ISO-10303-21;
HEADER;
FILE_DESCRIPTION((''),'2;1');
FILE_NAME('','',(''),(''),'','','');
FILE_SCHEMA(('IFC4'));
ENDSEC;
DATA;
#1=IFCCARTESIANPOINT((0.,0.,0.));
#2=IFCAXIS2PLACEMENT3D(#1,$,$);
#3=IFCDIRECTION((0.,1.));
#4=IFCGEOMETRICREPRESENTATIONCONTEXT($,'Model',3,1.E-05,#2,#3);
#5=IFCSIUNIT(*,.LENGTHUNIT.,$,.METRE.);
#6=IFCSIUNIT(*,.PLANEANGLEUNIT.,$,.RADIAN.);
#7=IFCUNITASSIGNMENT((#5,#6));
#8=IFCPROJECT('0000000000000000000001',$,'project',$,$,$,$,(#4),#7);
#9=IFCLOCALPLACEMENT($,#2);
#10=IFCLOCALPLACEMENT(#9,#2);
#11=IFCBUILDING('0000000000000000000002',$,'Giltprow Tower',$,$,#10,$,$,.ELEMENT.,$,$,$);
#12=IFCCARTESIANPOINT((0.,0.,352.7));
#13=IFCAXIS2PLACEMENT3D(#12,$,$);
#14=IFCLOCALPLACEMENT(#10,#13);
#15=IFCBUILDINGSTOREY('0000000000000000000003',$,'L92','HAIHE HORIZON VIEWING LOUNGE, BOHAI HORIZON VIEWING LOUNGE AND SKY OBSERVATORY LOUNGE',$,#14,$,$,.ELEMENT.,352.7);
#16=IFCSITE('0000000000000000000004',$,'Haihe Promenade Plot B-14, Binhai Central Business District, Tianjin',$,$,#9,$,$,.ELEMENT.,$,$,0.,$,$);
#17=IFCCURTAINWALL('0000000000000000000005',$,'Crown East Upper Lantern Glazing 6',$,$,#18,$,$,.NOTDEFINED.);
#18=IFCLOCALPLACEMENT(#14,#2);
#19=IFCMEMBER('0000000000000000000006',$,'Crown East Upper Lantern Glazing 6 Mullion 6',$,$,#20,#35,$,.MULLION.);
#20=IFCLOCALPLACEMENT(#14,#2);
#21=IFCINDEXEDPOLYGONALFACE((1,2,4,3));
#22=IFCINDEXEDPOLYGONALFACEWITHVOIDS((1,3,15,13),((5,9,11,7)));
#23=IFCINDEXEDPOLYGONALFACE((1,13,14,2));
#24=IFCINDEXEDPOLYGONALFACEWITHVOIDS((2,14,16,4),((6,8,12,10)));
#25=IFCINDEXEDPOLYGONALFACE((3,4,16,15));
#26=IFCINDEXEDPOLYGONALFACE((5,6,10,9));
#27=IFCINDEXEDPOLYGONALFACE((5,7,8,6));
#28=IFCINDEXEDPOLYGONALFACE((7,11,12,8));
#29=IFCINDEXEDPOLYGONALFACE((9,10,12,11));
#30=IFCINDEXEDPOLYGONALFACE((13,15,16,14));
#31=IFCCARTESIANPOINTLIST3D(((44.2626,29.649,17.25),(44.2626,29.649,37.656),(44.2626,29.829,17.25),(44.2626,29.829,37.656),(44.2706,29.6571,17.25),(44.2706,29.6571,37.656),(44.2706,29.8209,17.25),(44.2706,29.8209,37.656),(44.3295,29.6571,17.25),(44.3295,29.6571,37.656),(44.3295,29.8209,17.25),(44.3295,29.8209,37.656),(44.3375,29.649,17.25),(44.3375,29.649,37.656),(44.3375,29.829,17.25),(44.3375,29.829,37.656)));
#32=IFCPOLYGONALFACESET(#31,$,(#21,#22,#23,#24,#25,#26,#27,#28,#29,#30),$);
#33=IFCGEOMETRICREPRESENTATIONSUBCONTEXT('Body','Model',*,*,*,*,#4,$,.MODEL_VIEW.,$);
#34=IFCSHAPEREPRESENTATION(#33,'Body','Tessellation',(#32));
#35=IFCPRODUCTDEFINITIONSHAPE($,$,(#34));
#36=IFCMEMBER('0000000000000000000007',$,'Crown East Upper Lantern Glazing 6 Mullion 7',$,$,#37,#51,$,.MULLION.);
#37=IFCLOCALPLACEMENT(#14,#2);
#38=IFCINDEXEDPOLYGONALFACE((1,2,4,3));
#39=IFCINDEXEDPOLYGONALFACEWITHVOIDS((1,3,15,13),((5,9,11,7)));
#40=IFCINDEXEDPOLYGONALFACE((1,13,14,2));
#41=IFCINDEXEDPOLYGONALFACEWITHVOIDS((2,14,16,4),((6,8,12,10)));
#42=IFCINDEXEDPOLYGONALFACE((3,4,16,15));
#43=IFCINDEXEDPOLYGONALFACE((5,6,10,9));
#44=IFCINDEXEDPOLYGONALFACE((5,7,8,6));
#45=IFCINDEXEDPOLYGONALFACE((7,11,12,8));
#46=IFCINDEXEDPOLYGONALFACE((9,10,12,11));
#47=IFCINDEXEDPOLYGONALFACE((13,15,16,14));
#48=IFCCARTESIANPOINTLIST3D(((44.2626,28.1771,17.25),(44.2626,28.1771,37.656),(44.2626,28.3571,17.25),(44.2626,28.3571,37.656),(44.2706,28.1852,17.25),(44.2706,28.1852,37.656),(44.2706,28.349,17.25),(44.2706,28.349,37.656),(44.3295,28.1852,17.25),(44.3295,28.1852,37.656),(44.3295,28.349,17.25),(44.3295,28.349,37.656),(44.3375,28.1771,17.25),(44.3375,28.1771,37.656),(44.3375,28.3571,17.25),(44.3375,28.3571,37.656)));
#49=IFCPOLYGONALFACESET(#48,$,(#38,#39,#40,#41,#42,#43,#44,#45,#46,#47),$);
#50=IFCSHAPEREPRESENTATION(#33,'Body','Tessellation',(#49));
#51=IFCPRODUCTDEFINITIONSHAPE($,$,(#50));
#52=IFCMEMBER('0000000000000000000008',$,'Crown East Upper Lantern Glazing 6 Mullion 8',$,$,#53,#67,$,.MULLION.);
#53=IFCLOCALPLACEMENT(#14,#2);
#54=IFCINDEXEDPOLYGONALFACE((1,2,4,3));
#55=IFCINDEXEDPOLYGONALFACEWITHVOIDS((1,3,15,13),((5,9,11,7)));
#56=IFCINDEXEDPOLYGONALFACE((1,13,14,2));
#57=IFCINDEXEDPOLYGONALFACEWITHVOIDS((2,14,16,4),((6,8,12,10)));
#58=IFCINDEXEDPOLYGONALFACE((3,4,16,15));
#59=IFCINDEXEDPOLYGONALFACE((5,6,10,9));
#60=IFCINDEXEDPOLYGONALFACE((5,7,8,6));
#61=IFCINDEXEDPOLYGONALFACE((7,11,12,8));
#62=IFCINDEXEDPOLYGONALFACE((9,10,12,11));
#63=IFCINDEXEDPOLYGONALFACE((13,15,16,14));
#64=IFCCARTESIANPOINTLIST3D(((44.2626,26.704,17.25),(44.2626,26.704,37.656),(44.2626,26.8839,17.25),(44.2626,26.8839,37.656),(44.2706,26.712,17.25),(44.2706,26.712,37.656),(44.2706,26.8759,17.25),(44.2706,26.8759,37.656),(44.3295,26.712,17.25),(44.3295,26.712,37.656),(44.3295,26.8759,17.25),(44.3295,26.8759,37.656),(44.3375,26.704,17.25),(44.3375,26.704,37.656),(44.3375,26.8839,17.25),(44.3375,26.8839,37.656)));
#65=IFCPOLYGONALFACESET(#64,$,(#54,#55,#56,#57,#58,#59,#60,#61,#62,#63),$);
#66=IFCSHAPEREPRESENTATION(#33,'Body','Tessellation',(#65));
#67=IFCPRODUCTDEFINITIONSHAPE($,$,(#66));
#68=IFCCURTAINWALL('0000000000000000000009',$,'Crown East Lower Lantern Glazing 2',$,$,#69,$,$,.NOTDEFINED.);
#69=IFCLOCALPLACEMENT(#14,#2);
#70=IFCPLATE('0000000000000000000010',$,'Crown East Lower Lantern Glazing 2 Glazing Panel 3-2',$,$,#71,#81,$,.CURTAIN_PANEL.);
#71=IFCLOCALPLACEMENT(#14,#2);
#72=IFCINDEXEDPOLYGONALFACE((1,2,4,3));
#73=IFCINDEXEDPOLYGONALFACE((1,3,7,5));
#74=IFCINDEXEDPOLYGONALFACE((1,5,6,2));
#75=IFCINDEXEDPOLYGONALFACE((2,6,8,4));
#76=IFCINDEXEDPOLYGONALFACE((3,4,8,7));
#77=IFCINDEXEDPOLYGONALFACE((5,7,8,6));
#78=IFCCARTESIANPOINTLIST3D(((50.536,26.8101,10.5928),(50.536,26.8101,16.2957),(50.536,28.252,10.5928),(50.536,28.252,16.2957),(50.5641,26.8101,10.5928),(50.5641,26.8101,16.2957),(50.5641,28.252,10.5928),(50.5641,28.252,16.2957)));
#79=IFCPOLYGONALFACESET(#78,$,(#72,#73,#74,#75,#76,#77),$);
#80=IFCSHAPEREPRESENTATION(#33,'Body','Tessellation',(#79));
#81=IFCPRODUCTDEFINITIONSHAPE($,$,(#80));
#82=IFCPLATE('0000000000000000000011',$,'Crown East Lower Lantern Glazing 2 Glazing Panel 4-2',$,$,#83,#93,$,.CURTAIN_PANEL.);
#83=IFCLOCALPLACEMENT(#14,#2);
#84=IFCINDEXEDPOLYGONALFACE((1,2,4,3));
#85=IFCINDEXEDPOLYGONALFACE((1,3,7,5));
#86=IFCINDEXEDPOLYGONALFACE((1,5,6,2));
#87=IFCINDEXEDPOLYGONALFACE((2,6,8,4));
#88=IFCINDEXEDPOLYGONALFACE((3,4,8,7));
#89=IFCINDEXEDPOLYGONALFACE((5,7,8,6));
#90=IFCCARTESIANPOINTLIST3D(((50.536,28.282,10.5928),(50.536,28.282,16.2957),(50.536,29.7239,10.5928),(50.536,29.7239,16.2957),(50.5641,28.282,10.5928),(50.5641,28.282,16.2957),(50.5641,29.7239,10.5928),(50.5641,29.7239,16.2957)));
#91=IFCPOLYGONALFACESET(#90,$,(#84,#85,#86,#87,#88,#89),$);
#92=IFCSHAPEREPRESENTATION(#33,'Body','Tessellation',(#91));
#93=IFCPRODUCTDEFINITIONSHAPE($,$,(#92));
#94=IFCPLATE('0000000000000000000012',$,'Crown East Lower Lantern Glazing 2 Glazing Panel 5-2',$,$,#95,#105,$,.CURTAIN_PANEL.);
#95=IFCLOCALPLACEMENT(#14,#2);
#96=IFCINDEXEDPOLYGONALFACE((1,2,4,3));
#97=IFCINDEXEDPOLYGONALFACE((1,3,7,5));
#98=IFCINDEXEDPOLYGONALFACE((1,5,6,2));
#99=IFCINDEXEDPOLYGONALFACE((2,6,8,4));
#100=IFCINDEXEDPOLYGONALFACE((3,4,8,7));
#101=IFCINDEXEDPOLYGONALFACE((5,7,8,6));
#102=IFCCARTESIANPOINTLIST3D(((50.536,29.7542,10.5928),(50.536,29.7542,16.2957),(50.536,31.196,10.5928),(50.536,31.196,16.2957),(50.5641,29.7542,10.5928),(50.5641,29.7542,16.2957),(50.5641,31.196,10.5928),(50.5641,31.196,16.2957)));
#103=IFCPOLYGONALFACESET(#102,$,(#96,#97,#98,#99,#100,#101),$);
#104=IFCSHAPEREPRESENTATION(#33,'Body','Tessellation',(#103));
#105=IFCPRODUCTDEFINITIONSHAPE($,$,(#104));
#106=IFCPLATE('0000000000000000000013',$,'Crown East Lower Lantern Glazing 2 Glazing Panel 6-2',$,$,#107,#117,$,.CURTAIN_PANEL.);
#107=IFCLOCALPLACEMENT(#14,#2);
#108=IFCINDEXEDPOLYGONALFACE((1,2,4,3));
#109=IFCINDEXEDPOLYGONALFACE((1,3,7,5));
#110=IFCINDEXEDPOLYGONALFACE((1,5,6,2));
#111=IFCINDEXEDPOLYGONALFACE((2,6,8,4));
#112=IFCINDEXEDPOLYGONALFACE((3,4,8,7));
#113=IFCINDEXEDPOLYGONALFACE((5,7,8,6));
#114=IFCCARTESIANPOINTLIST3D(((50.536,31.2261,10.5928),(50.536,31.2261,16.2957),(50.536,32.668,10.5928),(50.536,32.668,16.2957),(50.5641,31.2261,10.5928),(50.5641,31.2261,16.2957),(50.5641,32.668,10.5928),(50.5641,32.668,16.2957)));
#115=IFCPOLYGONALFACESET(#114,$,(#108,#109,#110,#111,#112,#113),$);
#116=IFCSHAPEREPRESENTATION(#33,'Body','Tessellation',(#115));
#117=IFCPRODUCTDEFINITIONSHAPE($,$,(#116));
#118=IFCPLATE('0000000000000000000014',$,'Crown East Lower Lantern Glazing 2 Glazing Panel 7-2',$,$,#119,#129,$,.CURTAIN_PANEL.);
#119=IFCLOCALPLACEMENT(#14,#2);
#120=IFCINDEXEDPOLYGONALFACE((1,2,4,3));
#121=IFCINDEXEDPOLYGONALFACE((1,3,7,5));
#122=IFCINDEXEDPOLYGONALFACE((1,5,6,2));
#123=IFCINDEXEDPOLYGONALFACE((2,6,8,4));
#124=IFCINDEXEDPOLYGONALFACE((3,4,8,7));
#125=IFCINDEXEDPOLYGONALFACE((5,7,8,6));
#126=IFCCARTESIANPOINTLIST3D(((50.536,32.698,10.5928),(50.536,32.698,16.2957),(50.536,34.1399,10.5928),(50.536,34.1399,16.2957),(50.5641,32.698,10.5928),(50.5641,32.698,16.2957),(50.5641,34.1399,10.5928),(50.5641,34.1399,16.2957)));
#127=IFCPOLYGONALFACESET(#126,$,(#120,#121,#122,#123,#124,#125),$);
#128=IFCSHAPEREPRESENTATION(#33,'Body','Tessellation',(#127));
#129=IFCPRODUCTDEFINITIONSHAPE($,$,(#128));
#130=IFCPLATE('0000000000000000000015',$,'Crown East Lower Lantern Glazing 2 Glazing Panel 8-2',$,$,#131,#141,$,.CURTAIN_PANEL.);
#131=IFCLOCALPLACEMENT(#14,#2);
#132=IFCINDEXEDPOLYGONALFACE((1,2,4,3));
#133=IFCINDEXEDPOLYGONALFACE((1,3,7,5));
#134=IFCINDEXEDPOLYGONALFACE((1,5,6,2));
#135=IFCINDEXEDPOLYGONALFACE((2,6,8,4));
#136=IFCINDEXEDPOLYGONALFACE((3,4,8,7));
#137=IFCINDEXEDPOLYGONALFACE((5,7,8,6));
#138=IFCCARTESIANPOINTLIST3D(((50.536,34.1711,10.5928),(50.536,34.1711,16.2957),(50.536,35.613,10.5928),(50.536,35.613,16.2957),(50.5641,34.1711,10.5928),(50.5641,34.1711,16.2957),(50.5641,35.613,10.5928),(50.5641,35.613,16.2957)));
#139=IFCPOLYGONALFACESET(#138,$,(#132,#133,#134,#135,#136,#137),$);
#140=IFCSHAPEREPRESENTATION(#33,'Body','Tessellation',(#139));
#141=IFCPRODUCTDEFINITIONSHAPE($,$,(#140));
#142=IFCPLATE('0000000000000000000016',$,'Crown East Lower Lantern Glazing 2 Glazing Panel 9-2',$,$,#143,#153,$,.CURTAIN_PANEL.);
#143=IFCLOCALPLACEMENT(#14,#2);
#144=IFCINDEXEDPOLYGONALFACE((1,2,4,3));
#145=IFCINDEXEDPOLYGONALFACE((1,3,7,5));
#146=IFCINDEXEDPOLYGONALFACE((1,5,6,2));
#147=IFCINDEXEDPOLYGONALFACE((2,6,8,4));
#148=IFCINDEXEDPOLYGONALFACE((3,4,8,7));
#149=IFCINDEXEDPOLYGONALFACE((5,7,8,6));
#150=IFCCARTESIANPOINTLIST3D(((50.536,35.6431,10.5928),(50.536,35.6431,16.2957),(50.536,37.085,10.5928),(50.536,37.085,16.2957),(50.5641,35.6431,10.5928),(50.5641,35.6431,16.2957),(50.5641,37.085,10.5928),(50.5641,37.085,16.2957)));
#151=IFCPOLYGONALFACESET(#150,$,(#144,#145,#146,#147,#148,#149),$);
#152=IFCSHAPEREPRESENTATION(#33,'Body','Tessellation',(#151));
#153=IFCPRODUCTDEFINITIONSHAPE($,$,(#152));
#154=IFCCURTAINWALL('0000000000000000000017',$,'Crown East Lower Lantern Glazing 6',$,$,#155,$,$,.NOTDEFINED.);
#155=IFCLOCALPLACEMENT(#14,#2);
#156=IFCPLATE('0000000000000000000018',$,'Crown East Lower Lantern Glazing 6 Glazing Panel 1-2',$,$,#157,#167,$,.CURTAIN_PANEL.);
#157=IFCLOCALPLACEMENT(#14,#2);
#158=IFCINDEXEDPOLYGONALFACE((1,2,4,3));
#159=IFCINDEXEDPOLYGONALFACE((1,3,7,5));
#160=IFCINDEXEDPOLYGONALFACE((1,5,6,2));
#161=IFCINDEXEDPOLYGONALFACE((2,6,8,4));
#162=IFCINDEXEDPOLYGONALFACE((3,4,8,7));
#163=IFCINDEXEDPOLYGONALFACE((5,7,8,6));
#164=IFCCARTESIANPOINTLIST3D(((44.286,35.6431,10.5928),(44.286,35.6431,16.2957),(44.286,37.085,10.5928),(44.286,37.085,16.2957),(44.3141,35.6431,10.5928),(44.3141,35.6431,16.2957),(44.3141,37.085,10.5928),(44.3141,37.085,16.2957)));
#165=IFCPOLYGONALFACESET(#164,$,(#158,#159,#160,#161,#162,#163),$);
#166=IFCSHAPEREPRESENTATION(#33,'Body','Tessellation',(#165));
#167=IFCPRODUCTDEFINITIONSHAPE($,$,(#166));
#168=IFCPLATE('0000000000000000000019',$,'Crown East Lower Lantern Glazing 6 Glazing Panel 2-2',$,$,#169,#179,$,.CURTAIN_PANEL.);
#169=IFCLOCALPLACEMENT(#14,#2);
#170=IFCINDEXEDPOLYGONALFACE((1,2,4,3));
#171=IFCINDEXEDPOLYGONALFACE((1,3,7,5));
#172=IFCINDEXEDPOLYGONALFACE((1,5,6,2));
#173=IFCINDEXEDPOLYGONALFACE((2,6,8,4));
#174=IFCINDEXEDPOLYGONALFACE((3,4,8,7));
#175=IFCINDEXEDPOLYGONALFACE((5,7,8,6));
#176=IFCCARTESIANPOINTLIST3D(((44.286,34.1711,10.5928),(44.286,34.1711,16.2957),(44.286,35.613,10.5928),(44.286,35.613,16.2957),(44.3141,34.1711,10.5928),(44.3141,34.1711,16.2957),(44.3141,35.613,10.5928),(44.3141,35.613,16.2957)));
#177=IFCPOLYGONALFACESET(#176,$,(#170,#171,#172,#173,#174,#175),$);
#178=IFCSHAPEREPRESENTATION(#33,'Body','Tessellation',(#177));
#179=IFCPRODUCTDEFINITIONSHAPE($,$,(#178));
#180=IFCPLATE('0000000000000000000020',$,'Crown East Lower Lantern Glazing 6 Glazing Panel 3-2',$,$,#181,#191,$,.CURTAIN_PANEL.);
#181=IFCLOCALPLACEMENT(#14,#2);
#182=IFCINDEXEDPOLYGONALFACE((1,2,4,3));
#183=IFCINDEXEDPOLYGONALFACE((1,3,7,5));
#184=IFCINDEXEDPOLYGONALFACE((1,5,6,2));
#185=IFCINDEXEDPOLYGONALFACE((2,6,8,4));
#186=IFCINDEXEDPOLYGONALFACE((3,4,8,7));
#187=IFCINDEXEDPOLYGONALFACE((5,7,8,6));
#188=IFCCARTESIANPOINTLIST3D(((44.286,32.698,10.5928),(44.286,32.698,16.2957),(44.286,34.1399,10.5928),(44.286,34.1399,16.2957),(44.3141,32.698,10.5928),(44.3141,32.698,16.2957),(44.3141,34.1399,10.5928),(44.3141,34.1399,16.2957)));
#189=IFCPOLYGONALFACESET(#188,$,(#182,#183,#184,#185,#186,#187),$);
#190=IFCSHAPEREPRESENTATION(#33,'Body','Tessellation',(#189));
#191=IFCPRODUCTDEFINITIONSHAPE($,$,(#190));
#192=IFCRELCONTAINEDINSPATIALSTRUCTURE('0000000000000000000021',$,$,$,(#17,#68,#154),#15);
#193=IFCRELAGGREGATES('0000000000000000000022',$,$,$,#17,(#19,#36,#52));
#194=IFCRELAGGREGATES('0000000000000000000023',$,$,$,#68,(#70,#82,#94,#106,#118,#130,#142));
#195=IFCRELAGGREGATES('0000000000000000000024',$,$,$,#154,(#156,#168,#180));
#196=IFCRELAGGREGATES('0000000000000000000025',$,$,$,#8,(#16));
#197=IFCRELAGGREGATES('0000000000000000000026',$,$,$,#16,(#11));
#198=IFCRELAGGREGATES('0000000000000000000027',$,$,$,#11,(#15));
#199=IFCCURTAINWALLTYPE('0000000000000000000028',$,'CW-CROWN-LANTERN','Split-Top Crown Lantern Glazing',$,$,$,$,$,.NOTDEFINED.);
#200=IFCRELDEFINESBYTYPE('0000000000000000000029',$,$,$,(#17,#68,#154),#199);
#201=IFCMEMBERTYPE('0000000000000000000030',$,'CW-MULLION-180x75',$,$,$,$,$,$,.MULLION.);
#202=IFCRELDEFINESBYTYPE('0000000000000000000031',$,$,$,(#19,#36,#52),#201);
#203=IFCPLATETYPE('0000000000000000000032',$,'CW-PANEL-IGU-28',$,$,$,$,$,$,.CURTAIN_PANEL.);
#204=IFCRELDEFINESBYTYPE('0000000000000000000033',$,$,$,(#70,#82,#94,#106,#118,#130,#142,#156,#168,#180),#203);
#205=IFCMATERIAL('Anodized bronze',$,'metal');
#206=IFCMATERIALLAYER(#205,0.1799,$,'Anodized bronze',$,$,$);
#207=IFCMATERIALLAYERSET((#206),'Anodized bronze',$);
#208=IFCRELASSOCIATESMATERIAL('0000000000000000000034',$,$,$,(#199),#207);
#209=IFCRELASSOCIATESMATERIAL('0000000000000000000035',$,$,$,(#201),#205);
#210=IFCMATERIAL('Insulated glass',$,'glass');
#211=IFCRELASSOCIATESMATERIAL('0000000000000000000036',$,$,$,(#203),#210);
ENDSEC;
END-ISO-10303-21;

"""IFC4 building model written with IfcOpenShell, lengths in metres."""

from ifc_helpers import new_model, si_unit, direction, frame, origin, origin_2d, place, context, subcontext, project, spatial, rectangle, hollow_rectangle, extrude, source, transform, mapped, material, layer, layer_set, material_profile, profile_set, type_object, element, aggregate, save


model = new_model("IFC4")

# Units and contexts
model_context = context("Model", 3, precision=1e-05, world=origin(), true_north=direction((0.0, 1.0)))
body_context = subcontext(model_context, "Body", "Model", "MODEL_VIEW")
ifc_project = project(units=[si_unit("LENGTHUNIT", "METRE"), si_unit("PLANEANGLEUNIT", "RADIAN")], contexts=[model_context])

# Site, building, storey
site_placement = place(None, origin())
site = spatial("IfcSite", under=ifc_project, at=site_placement, Name="Haihe Promenade Plot B-14, Binhai Central Business District, Tianjin", CompositionType="ELEMENT", RefElevation=0.0)
building_placement = place(site_placement, origin())
building = spatial("IfcBuilding", under=site, at=building_placement, Name="Giltprow Tower", CompositionType="ELEMENT")
storey_placement = place(building_placement, frame((0.0, 0.0, 352.7)))
storey = spatial("IfcBuildingStorey", under=building, at=storey_placement, Name="L92", Description="HAIHE HORIZON VIEWING LOUNGE, BOHAI HORIZON VIEWING LOUNGE AND SKY OBSERVATORY LOUNGE", CompositionType="ELEMENT", Elevation=352.7)

# Curtain wall, members
ifc_material_1 = material(Name="Anodized bronze", Category="metal")
ifc_layer = layer(ifc_material_1, 0.1799, Name="Anodized bronze")
ifc_layer_set = layer_set([ifc_layer], Name="Anodized bronze")
curtain_wall_type = type_object("IfcCurtainWallType", Name="CW-CROWN-LANTERN", Description="Split-Top Crown Lantern Glazing", PredefinedType="NOTDEFINED", material=ifc_layer_set)
ifc_material_profile = material_profile(ifc_material_1, hollow_rectangle(XDim=0.075, YDim=0.1799, WallThickness=0.0081, at=origin_2d()), Name="RHS 180x75x8")
ifc_profile_set = profile_set([ifc_material_profile], Name="Anodized bronze")
member_type = type_object("IfcMemberType", Name="CW-MULLION-180x75", PredefinedType="MULLION", material=ifc_profile_set)
shared_shape_1 = source(origin(), body_context, "Body", "SweptSolid", [
    extrude(hollow_rectangle(XDim=0.075, YDim=0.1799, WallThickness=0.0081, at=origin_2d()), origin(), (0.0, 0.0, 1.0), 20.406),
])
curtain_wall_1_placement = place(storey_placement, origin())
curtain_wall_1 = element("IfcCurtainWall", 1, at=curtain_wall_1_placement, inside=storey, type_object=curtain_wall_type, Name="Crown East Upper Lantern Glazing 6", PredefinedType="NOTDEFINED")
member_1_placement = place(storey_placement, frame((44.3, 29.739, 17.25), z_axis=(0.0, 0.0, 1.0), x_axis=(1.0, 0.0, 0.0)))
member_1 = element("IfcMember", 2, at=member_1_placement, type_object=member_type, Name="Crown East Upper Lantern Glazing 6 Mullion 6", PredefinedType="MULLION", context=body_context, shape_type="MappedRepresentation", body=[
    mapped(shared_shape_1, transform((0.0, 0.0, 0.0), x_axis=(1.0, 0.0, 0.0), y_axis=(0.0, 1.0, 0.0), z_axis=(0.0, 0.0, 1.0), scale=1.0)),
])
member_2_placement = place(storey_placement, frame((44.3, 28.2671, 17.25), z_axis=(0.0, 0.0, 1.0), x_axis=(1.0, 0.0, 0.0)))
member_2 = element("IfcMember", 3, at=member_2_placement, type_object=member_type, Name="Crown East Upper Lantern Glazing 6 Mullion 7", PredefinedType="MULLION", context=body_context, shape_type="MappedRepresentation", body=[
    mapped(shared_shape_1, transform((0.0, 0.0, 0.0), x_axis=(1.0, 0.0, 0.0), y_axis=(0.0, 1.0, 0.0), z_axis=(0.0, 0.0, 1.0), scale=1.0)),
])
member_3_placement = place(storey_placement, frame((44.3, 26.7939, 17.25), z_axis=(0.0, 0.0, 1.0), x_axis=(1.0, 0.0, 0.0)))
member_3 = element("IfcMember", 4, at=member_3_placement, type_object=member_type, Name="Crown East Upper Lantern Glazing 6 Mullion 8", PredefinedType="MULLION", context=body_context, shape_type="MappedRepresentation", body=[
    mapped(shared_shape_1, transform((0.0, 0.0, 0.0), x_axis=(1.0, 0.0, 0.0), y_axis=(0.0, 1.0, 0.0), z_axis=(0.0, 0.0, 1.0), scale=1.0)),
])
aggregate(curtain_wall_1, [member_1, member_2, member_3])

# Curtain walls, plates
curtain_wall_2_placement = place(storey_placement, origin())
curtain_wall_2 = element("IfcCurtainWall", 5, at=curtain_wall_2_placement, inside=storey, type_object=curtain_wall_type, Name="Crown East Lower Lantern Glazing 2", PredefinedType="NOTDEFINED")
ifc_material_2 = material(Name="Insulated glass", Category="glass")
plate_type = type_object("IfcPlateType", Name="CW-PANEL-IGU-28", PredefinedType="CURTAIN_PANEL", material=ifc_material_2)
shared_shape_2 = source(origin(), body_context, "Body", "SweptSolid", [
    extrude(rectangle(XDim=1.4419, YDim=0.0281, at=origin_2d()), origin(), (0.0, 0.0, 1.0), 5.7029),
])
plate_1_placement = place(storey_placement, frame((50.55, 27.531, 10.5928), z_axis=(0.0, 0.0, 1.0), x_axis=(0.0, 1.0, 0.0)))
plate_1 = element("IfcPlate", 6, at=plate_1_placement, type_object=plate_type, Name="Crown East Lower Lantern Glazing 2 Glazing Panel 3-2", PredefinedType="CURTAIN_PANEL", context=body_context, shape_type="MappedRepresentation", body=[
    mapped(shared_shape_2, transform((0.0, 0.0, 0.0), x_axis=(1.0, 0.0, 0.0), y_axis=(0.0, 1.0, 0.0), z_axis=(0.0, 0.0, 1.0), scale=1.0)),
])
plate_2_placement = place(storey_placement, frame((50.55, 29.0029, 10.5928), z_axis=(0.0, 0.0, 1.0), x_axis=(0.0, 1.0, 0.0)))
plate_2 = element("IfcPlate", 7, at=plate_2_placement, type_object=plate_type, Name="Crown East Lower Lantern Glazing 2 Glazing Panel 4-2", PredefinedType="CURTAIN_PANEL", context=body_context, shape_type="MappedRepresentation", body=[
    mapped(shared_shape_2, transform((0.0, 0.0, 0.0), x_axis=(1.0, 0.0, 0.0), y_axis=(0.0, 1.0, 0.0), z_axis=(0.0, 0.0, 1.0), scale=1.0)),
])
plate_3_placement = place(storey_placement, frame((50.55, 30.4751, 10.5928), z_axis=(0.0, 0.0, 1.0), x_axis=(0.0, 1.0, 0.0)))
plate_3 = element("IfcPlate", 8, at=plate_3_placement, type_object=plate_type, Name="Crown East Lower Lantern Glazing 2 Glazing Panel 5-2", PredefinedType="CURTAIN_PANEL", context=body_context, shape_type="MappedRepresentation", body=[
    mapped(shared_shape_2, transform((0.0, 0.0, 0.0), x_axis=(1.0, 0.0, 0.0), y_axis=(0.0, 1.0, 0.0), z_axis=(0.0, 0.0, 1.0), scale=1.0)),
])
plate_4_placement = place(storey_placement, frame((50.55, 31.947, 10.5928), z_axis=(0.0, 0.0, 1.0), x_axis=(0.0, 1.0, 0.0)))
plate_4 = element("IfcPlate", 9, at=plate_4_placement, type_object=plate_type, Name="Crown East Lower Lantern Glazing 2 Glazing Panel 6-2", PredefinedType="CURTAIN_PANEL", context=body_context, shape_type="MappedRepresentation", body=[
    mapped(shared_shape_2, transform((0.0, 0.0, 0.0), x_axis=(1.0, 0.0, 0.0), y_axis=(0.0, 1.0, 0.0), z_axis=(0.0, 0.0, 1.0), scale=1.0)),
])
plate_5_placement = place(storey_placement, frame((50.55, 33.4189, 10.5928), z_axis=(0.0, 0.0, 1.0), x_axis=(0.0, 1.0, 0.0)))
plate_5 = element("IfcPlate", 10, at=plate_5_placement, type_object=plate_type, Name="Crown East Lower Lantern Glazing 2 Glazing Panel 7-2", PredefinedType="CURTAIN_PANEL", context=body_context, shape_type="MappedRepresentation", body=[
    mapped(shared_shape_2, transform((0.0, 0.0, 0.0), x_axis=(1.0, 0.0, 0.0), y_axis=(0.0, 1.0, 0.0), z_axis=(0.0, 0.0, 1.0), scale=1.0)),
])
plate_6_placement = place(storey_placement, frame((50.55, 34.8921, 10.5928), z_axis=(0.0, 0.0, 1.0), x_axis=(0.0, 1.0, 0.0)))
plate_6 = element("IfcPlate", 11, at=plate_6_placement, type_object=plate_type, Name="Crown East Lower Lantern Glazing 2 Glazing Panel 8-2", PredefinedType="CURTAIN_PANEL", context=body_context, shape_type="MappedRepresentation", body=[
    mapped(shared_shape_2, transform((0.0, 0.0, 0.0), x_axis=(1.0, 0.0, 0.0), y_axis=(0.0, 1.0, 0.0), z_axis=(0.0, 0.0, 1.0), scale=1.0)),
])
plate_7_placement = place(storey_placement, frame((50.55, 36.364, 10.5928), z_axis=(0.0, 0.0, 1.0), x_axis=(0.0, 1.0, 0.0)))
plate_7 = element("IfcPlate", 12, at=plate_7_placement, type_object=plate_type, Name="Crown East Lower Lantern Glazing 2 Glazing Panel 9-2", PredefinedType="CURTAIN_PANEL", context=body_context, shape_type="MappedRepresentation", body=[
    mapped(shared_shape_2, transform((0.0, 0.0, 0.0), x_axis=(1.0, 0.0, 0.0), y_axis=(0.0, 1.0, 0.0), z_axis=(0.0, 0.0, 1.0), scale=1.0)),
])
aggregate(curtain_wall_2, [plate_1, plate_2, plate_3, plate_4, plate_5, plate_6, plate_7])
curtain_wall_3_placement = place(storey_placement, origin())
curtain_wall_3 = element("IfcCurtainWall", 13, at=curtain_wall_3_placement, inside=storey, type_object=curtain_wall_type, Name="Crown East Lower Lantern Glazing 6", PredefinedType="NOTDEFINED")
plate_8_placement = place(storey_placement, frame((44.3, 36.364, 10.5928), z_axis=(0.0, 0.0, 1.0), x_axis=(0.0, -1.0, 0.0)))
plate_8 = element("IfcPlate", 14, at=plate_8_placement, type_object=plate_type, Name="Crown East Lower Lantern Glazing 6 Glazing Panel 1-2", PredefinedType="CURTAIN_PANEL", context=body_context, shape_type="MappedRepresentation", body=[
    mapped(shared_shape_2, transform((0.0, 0.0, 0.0), x_axis=(1.0, 0.0, 0.0), y_axis=(0.0, 1.0, 0.0), z_axis=(0.0, 0.0, 1.0), scale=1.0)),
])
plate_9_placement = place(storey_placement, frame((44.3, 34.8921, 10.5928), z_axis=(0.0, 0.0, 1.0), x_axis=(0.0, -1.0, 0.0)))
plate_9 = element("IfcPlate", 15, at=plate_9_placement, type_object=plate_type, Name="Crown East Lower Lantern Glazing 6 Glazing Panel 2-2", PredefinedType="CURTAIN_PANEL", context=body_context, shape_type="MappedRepresentation", body=[
    mapped(shared_shape_2, transform((0.0, 0.0, 0.0), x_axis=(1.0, 0.0, 0.0), y_axis=(0.0, 1.0, 0.0), z_axis=(0.0, 0.0, 1.0), scale=1.0)),
])
plate_10_placement = place(storey_placement, frame((44.3, 33.4189, 10.5928), z_axis=(0.0, 0.0, 1.0), x_axis=(0.0, -1.0, 0.0)))
plate_10 = element("IfcPlate", 16, at=plate_10_placement, type_object=plate_type, Name="Crown East Lower Lantern Glazing 6 Glazing Panel 3-2", PredefinedType="CURTAIN_PANEL", context=body_context, shape_type="MappedRepresentation", body=[
    mapped(shared_shape_2, transform((0.0, 0.0, 0.0), x_axis=(1.0, 0.0, 0.0), y_axis=(0.0, 1.0, 0.0), z_axis=(0.0, 0.0, 1.0), scale=1.0)),
])
aggregate(curtain_wall_3, [plate_8, plate_9, plate_10])

save(model, "model.ifc")
